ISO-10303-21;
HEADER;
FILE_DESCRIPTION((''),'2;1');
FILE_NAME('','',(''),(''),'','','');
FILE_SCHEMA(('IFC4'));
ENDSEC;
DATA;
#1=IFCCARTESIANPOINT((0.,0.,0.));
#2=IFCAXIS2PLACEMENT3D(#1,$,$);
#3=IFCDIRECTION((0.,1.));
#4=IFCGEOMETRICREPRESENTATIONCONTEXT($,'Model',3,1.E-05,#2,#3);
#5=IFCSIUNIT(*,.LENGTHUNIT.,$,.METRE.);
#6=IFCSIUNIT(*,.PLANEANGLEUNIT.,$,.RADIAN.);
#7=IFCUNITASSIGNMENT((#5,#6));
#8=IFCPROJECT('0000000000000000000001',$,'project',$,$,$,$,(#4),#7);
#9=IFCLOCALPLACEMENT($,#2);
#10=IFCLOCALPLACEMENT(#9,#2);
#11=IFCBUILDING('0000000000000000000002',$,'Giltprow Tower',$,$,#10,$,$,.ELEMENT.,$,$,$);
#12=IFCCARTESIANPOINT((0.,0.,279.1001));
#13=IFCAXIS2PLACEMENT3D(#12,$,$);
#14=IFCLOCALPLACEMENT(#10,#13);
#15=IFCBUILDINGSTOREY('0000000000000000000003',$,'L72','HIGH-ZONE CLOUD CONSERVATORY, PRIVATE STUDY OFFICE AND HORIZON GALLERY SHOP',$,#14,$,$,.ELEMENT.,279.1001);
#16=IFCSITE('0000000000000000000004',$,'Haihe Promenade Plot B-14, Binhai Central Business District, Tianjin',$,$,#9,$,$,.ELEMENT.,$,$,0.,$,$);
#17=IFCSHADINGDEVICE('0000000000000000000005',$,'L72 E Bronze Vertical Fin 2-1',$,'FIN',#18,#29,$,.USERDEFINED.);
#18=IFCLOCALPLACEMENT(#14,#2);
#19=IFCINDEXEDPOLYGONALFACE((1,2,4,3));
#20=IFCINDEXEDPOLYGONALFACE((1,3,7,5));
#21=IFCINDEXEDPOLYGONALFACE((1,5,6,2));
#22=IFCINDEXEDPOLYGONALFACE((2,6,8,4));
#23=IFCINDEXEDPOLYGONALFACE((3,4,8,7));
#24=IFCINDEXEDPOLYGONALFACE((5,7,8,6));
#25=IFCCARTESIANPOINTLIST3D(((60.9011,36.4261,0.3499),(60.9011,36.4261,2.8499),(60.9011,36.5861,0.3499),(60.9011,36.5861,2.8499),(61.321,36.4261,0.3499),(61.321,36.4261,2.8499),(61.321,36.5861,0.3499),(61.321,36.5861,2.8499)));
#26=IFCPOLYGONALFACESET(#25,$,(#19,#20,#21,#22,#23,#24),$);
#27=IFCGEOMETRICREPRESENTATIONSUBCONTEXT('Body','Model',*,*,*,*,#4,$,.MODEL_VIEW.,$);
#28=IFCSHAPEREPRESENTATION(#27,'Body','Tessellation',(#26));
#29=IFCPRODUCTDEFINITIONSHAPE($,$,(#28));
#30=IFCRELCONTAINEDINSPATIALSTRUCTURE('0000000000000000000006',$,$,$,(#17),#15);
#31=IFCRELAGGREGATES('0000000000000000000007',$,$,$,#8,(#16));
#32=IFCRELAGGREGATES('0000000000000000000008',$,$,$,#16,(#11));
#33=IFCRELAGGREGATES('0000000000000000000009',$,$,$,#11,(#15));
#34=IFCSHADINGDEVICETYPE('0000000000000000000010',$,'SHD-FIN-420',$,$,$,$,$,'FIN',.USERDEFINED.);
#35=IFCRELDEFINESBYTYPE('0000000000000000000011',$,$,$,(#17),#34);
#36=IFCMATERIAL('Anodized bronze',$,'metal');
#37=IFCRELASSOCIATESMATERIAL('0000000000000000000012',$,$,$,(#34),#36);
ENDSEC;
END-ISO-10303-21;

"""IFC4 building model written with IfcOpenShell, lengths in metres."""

from ifc_helpers import new_model, si_unit, direction, frame, origin, origin_2d, place, context, subcontext, project, spatial, rectangle, extrude, source, transform, mapped, material, type_object, element, save


model = new_model("IFC4")

# Units and contexts
model_context = context("Model", 3, precision=1e-05, world=origin(), true_north=direction((0.0, 1.0)))
body_context = subcontext(model_context, "Body", "Model", "MODEL_VIEW")
ifc_project = project(units=[si_unit("LENGTHUNIT", "METRE"), si_unit("PLANEANGLEUNIT", "RADIAN")], contexts=[model_context])

# Site, building, storey
site_placement = place(None, origin())
site = spatial("IfcSite", under=ifc_project, at=site_placement, Name="Haihe Promenade Plot B-14, Binhai Central Business District, Tianjin", CompositionType="ELEMENT", RefElevation=0.0)
building_placement = place(site_placement, origin())
building = spatial("IfcBuilding", under=site, at=building_placement, Name="Giltprow Tower", CompositionType="ELEMENT")
storey_placement = place(building_placement, frame((0.0, 0.0, 279.1001)))
storey = spatial("IfcBuildingStorey", under=building, at=storey_placement, Name="L72", Description="HIGH-ZONE CLOUD CONSERVATORY, PRIVATE STUDY OFFICE AND HORIZON GALLERY SHOP", CompositionType="ELEMENT", Elevation=279.1001)

# Shared definitions
ifc_material_1 = material(Name="Anodized bronze", Category="metal")

# Shading device
shading_device_type = type_object("IfcShadingDeviceType", Name="SHD-FIN-420", ElementType="FIN", PredefinedType="USERDEFINED", material=ifc_material_1)
shared_shape_1 = source(origin(), body_context, "Body", "SweptSolid", [
    extrude(rectangle(XDim=0.4199, YDim=0.1599, at=origin_2d()), origin(), (0.0, 0.0, 1.0), 2.5),
])
shading_device_placement = place(storey_placement, frame((61.1111, 36.5061, 0.3499), z_axis=(0.0, 0.0, 1.0), x_axis=(1.0, 0.0, 0.0)))
element("IfcShadingDevice", 1, at=shading_device_placement, inside=storey, type_object=shading_device_type, Name="L72 E Bronze Vertical Fin 2-1", ObjectType="FIN", PredefinedType="USERDEFINED", context=body_context, shape_type="MappedRepresentation", body=[
    mapped(shared_shape_1, transform((0.0, 0.0, 0.0), x_axis=(1.0, 0.0, 0.0), y_axis=(0.0, 1.0, 0.0), z_axis=(0.0, 0.0, 1.0), scale=1.0)),
])

save(model, "model.ifc")
